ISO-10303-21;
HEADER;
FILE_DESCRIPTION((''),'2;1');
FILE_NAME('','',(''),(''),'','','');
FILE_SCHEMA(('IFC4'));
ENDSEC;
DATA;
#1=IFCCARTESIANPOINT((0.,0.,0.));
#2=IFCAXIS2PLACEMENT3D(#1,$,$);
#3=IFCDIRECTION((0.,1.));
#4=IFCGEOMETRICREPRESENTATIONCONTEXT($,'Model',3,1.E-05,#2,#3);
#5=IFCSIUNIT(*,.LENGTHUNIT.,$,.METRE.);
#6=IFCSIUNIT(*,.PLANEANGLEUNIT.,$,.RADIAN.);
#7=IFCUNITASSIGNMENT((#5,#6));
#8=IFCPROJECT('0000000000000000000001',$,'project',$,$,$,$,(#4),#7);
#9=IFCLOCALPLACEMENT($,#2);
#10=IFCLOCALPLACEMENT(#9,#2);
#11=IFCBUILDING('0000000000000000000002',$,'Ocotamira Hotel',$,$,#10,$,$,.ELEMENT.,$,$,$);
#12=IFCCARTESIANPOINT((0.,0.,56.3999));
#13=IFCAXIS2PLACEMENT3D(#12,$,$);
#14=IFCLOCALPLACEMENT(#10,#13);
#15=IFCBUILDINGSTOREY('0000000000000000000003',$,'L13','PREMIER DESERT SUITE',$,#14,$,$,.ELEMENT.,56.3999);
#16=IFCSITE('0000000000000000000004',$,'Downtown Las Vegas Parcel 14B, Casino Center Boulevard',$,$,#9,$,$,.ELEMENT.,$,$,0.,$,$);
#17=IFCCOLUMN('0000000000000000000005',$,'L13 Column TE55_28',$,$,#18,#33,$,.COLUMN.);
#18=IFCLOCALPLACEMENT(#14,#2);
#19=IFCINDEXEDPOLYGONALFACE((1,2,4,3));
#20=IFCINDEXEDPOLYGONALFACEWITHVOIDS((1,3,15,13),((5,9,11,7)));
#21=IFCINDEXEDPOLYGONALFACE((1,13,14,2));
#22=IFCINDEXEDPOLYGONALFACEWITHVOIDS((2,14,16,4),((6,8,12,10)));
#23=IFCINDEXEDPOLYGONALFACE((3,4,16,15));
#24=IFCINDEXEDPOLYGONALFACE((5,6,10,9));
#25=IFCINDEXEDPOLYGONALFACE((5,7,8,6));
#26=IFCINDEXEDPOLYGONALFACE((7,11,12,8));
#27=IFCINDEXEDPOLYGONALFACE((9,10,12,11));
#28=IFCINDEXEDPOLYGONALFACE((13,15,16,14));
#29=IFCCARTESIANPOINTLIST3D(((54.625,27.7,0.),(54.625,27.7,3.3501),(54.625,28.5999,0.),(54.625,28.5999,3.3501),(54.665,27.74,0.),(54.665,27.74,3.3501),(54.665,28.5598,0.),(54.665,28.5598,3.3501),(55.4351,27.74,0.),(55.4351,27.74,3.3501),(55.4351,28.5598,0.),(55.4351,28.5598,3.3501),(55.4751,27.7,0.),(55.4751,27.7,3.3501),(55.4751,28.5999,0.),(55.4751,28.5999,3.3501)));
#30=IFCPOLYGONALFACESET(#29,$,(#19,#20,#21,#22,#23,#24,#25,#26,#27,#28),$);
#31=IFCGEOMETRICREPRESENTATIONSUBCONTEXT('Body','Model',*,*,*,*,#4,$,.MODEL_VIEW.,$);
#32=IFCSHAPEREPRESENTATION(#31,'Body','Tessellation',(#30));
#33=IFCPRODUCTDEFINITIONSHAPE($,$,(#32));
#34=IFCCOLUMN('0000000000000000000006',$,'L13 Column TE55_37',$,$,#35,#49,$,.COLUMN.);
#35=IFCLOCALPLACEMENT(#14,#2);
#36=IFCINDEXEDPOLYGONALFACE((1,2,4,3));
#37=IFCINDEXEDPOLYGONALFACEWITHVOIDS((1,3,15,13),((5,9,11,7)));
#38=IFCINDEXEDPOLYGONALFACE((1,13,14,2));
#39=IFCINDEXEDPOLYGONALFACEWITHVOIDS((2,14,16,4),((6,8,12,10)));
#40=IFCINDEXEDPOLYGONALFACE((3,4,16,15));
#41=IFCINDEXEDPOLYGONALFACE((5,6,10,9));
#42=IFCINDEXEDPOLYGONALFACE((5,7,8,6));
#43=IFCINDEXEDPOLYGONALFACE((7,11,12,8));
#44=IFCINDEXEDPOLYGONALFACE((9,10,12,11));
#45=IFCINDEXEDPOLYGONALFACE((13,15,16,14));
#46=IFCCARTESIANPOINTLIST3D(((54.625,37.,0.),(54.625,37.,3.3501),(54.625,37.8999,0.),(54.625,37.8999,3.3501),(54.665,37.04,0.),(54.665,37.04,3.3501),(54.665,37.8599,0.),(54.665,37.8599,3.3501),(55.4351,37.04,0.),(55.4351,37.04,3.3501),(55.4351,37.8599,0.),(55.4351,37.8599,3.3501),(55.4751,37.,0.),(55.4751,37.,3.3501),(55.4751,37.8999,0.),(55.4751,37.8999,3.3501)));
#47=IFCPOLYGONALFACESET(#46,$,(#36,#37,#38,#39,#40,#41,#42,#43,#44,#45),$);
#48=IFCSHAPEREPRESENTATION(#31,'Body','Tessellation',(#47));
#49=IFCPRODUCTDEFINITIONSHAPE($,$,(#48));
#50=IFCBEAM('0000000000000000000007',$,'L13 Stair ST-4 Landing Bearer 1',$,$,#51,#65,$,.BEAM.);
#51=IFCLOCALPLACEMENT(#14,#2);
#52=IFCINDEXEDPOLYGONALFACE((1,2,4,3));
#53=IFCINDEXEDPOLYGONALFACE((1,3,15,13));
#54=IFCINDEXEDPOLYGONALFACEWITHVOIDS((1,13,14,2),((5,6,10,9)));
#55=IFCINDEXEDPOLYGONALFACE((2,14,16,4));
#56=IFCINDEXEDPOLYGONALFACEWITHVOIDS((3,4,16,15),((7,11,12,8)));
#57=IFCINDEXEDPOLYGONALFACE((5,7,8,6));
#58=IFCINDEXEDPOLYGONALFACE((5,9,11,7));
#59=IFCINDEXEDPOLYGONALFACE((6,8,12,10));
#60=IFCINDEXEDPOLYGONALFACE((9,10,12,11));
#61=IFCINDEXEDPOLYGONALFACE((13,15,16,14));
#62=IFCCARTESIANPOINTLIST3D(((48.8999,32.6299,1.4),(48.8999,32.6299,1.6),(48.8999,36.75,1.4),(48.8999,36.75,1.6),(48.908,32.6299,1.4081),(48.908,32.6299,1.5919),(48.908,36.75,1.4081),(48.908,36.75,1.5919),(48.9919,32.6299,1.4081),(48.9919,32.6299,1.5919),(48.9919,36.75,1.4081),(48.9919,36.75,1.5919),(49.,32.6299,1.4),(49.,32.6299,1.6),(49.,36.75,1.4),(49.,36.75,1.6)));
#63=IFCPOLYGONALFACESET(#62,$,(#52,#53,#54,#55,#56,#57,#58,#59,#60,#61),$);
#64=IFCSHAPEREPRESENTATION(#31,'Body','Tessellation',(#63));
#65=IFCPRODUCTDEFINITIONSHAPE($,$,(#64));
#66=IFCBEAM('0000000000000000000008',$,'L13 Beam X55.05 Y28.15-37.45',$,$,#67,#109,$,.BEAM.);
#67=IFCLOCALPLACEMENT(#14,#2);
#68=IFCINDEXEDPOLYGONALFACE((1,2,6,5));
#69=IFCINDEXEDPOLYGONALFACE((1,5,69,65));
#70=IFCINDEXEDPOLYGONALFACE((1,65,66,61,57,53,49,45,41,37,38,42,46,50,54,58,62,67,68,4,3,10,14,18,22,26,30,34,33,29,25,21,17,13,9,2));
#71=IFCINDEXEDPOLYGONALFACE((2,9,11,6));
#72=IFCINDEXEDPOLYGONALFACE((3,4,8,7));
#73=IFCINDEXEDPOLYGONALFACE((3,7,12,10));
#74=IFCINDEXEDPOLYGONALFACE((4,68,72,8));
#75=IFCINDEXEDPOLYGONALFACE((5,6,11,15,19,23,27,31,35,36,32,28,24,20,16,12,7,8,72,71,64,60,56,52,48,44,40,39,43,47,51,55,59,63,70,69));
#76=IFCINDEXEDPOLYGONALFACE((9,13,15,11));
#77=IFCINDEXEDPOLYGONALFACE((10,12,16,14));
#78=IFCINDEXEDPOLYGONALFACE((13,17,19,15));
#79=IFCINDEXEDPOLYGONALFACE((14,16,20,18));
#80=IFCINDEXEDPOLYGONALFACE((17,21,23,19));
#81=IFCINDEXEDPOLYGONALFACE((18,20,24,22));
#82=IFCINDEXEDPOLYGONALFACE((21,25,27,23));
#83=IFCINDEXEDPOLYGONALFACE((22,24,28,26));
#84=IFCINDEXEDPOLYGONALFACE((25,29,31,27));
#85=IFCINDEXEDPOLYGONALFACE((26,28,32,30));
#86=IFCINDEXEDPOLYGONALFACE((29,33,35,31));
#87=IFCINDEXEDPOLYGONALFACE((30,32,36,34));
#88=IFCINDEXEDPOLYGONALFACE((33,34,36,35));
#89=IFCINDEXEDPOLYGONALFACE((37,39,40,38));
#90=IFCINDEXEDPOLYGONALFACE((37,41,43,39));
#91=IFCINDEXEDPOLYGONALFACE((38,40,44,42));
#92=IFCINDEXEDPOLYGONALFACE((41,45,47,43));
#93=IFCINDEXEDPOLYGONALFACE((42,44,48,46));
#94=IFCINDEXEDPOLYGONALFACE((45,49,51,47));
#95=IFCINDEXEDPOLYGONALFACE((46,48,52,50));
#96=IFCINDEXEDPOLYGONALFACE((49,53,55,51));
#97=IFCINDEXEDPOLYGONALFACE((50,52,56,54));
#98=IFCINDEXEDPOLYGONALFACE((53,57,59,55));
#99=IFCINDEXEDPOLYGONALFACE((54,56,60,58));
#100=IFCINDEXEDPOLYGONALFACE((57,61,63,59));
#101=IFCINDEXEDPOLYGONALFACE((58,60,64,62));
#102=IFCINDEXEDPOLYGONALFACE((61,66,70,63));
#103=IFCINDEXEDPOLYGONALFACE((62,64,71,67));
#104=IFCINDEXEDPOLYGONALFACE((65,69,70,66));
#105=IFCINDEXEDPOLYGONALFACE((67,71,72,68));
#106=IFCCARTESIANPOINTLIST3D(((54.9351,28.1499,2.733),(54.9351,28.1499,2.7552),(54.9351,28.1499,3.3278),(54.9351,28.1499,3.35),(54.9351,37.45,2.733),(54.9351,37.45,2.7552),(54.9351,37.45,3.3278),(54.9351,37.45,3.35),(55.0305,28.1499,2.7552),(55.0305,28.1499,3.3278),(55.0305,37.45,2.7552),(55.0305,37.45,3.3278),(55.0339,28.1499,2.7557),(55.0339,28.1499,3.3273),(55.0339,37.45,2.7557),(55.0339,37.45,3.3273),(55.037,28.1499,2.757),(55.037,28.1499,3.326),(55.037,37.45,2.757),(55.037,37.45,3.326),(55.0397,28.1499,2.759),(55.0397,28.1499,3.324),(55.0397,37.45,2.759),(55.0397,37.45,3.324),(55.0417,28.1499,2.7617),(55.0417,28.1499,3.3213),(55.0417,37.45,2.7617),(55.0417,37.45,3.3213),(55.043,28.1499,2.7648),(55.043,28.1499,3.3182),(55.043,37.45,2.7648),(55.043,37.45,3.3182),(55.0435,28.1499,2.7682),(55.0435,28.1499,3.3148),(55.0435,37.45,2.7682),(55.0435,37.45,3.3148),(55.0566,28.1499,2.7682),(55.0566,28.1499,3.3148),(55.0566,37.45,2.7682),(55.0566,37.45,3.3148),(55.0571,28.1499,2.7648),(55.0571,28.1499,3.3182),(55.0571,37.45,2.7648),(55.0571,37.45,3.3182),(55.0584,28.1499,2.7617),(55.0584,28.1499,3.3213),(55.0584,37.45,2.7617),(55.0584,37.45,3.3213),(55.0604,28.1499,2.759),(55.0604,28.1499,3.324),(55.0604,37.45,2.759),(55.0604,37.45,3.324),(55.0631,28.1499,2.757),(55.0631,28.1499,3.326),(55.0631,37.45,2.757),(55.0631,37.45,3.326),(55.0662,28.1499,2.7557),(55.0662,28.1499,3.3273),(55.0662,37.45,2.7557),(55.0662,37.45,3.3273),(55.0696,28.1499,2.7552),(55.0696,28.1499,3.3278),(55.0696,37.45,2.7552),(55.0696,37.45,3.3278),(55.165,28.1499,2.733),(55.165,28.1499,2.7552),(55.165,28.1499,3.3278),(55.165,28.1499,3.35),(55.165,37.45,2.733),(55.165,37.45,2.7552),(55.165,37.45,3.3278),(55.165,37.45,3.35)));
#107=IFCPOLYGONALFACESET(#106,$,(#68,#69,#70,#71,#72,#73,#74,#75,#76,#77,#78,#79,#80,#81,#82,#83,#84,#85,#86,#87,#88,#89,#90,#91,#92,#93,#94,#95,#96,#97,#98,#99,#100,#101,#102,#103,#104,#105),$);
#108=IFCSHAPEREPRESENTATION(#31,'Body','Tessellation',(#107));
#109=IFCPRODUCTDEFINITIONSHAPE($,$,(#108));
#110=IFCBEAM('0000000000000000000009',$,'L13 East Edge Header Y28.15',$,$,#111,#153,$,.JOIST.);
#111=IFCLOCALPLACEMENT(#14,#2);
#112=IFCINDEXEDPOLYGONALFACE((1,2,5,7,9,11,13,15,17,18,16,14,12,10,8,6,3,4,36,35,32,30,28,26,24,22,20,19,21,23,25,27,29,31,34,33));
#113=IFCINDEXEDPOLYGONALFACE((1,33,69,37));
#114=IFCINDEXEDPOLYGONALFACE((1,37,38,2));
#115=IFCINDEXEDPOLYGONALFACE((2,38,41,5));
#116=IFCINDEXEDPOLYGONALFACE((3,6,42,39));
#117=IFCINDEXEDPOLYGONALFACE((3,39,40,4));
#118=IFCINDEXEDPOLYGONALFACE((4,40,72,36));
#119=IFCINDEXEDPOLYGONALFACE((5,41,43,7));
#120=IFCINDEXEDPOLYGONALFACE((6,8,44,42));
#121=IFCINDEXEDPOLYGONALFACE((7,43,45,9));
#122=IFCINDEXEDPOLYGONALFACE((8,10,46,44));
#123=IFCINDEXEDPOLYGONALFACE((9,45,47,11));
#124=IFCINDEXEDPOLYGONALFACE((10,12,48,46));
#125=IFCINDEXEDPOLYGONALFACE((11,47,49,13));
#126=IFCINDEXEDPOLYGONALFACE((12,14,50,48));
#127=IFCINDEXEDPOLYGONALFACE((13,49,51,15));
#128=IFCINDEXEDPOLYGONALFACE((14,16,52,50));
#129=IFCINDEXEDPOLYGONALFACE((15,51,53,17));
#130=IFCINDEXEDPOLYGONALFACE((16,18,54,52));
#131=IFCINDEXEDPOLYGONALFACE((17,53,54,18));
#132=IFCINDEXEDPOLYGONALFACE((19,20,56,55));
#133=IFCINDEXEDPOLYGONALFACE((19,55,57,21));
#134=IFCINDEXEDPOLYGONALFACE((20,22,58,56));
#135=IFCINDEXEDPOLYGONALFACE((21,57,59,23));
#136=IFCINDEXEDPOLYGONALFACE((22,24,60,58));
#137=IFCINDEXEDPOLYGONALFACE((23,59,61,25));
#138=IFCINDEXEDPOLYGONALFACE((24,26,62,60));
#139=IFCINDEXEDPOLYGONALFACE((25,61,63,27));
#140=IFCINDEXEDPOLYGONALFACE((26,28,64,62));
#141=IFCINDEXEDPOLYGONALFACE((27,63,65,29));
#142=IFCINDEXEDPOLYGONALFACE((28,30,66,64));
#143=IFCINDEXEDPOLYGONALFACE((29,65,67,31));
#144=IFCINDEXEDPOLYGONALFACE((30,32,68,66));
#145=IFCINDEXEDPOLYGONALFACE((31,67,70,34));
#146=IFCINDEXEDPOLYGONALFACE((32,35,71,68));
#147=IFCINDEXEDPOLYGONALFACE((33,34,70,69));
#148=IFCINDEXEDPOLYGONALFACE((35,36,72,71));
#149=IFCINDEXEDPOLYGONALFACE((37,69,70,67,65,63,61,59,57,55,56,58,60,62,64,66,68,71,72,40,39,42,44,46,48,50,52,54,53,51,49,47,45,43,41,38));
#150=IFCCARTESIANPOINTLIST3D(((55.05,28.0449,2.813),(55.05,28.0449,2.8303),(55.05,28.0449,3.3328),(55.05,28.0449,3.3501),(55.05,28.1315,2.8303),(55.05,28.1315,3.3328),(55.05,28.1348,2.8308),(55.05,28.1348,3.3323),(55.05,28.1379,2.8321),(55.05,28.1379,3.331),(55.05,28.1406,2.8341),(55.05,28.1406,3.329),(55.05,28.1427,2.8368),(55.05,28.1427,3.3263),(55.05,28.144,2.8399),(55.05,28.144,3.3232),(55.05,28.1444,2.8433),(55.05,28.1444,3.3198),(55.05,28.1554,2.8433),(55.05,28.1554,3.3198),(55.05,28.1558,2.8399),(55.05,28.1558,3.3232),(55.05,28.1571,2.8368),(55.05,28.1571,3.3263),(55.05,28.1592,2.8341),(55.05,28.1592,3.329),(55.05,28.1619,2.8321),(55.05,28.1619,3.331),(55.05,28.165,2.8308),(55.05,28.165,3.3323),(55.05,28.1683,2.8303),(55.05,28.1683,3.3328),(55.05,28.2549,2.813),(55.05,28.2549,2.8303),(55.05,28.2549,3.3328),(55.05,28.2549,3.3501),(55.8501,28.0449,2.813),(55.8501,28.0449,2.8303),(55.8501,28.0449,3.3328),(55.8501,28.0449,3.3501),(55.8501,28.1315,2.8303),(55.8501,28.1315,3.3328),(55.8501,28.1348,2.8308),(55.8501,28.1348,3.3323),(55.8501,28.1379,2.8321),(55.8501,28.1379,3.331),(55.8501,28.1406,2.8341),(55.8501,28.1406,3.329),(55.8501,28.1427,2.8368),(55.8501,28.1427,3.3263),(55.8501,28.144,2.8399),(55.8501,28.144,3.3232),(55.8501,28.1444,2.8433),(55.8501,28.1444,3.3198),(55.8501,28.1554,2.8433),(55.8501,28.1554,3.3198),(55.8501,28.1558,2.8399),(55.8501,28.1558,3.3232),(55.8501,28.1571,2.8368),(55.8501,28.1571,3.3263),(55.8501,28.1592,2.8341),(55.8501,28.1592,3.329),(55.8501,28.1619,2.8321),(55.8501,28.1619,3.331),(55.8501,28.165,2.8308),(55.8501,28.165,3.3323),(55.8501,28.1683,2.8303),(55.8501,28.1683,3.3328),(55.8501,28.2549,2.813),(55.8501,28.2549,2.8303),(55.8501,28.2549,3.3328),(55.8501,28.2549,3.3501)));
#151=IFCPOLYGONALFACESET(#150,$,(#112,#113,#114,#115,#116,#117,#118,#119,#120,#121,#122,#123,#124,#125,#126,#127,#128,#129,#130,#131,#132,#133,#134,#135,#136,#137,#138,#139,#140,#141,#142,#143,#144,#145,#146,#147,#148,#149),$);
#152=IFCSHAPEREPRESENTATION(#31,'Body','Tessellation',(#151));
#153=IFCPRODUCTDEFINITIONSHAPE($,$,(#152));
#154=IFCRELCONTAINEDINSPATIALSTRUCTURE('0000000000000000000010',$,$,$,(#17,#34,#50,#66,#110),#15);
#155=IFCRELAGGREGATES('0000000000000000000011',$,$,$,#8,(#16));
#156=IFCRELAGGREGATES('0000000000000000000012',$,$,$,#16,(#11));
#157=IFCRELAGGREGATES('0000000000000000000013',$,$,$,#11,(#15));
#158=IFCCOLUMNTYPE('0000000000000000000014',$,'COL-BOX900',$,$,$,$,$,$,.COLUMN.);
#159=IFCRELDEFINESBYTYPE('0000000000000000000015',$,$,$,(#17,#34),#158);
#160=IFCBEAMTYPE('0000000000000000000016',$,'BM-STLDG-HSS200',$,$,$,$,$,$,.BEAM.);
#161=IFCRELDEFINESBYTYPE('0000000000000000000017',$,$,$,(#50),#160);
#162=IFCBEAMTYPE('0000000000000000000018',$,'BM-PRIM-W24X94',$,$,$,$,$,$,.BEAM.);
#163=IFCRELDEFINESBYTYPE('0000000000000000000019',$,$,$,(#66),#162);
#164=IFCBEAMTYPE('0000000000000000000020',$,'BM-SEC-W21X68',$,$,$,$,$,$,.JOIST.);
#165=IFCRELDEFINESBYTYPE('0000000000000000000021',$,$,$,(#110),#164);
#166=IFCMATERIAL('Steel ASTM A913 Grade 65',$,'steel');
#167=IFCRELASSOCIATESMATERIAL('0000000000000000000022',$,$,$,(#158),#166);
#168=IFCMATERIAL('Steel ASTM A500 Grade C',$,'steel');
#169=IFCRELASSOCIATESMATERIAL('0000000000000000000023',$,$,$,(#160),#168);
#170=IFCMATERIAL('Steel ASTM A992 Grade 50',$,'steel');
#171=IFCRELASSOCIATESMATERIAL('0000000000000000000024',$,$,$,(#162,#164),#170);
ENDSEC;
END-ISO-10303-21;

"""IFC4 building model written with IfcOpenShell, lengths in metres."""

from ifc_helpers import new_model, si_unit, direction, frame, origin, origin_2d, place, context, subcontext, project, spatial, hollow_rectangle, i_section, extrude, source, transform, mapped, material, material_profile, profile_set, type_object, element, save


model = new_model("IFC4")

# Units and contexts
model_context = context("Model", 3, precision=1e-05, world=origin(), true_north=direction((0.0, 1.0)))
body_context = subcontext(model_context, "Body", "Model", "MODEL_VIEW")
ifc_project = project(units=[si_unit("LENGTHUNIT", "METRE"), si_unit("PLANEANGLEUNIT", "RADIAN")], contexts=[model_context])

# Site, building, storey
site_placement = place(None, origin())
site = spatial("IfcSite", under=ifc_project, at=site_placement, Name="Downtown Las Vegas Parcel 14B, Casino Center Boulevard", CompositionType="ELEMENT", RefElevation=0.0)
building_placement = place(site_placement, origin())
building = spatial("IfcBuilding", under=site, at=building_placement, Name="Ocotamira Hotel", CompositionType="ELEMENT")
storey_placement = place(building_placement, frame((0.0, 0.0, 56.3999)))
storey = spatial("IfcBuildingStorey", under=building, at=storey_placement, Name="L13", Description="PREMIER DESERT SUITE", CompositionType="ELEMENT", Elevation=56.3999)

# Columns
ifc_material_1 = material(Name="Steel ASTM A913 Grade 65", Category="steel")
ifc_material_profile_1 = material_profile(ifc_material_1, hollow_rectangle(XDim=0.8501, YDim=0.8999, WallThickness=0.04, at=origin_2d()), Name="BOX900X850X40")
ifc_profile_set_1 = profile_set([ifc_material_profile_1], Name="Steel ASTM A913 Grade 65")
column_type = type_object("IfcColumnType", Name="COL-BOX900", PredefinedType="COLUMN", material=ifc_profile_set_1)
shared_shape_1 = source(origin(), body_context, "Body", "SweptSolid", [
    extrude(hollow_rectangle(XDim=0.8501, YDim=0.8999, WallThickness=0.04, at=origin_2d()), origin(), (0.0, 0.0, 1.0), 3.3501),
])
for number, where, z_axis, x_axis, name in (
    (1, (55.05, 28.1499, 0.0), (0.0, 0.0, 1.0), (1.0, 0.0, 0.0), "L13 Column TE55_28"),
    (2, (55.05, 37.45, 0.0), (0.0, 0.0, 1.0), (1.0, 0.0, 0.0), "L13 Column TE55_37"),
):
    element("IfcColumn", number, at=place(storey_placement, frame(where, z_axis=z_axis, x_axis=x_axis)), inside=storey, type_object=column_type, Name=name, PredefinedType="COLUMN", context=body_context, shape_type="MappedRepresentation", body=[
        mapped(shared_shape_1, transform((0.0, 0.0, 0.0), scale=1.0)),
    ])

# Beams
ifc_material_2 = material(Name="Steel ASTM A500 Grade C", Category="steel")
ifc_material_profile_2 = material_profile(ifc_material_2, hollow_rectangle(XDim=0.1001, YDim=0.2, WallThickness=0.0081, at=origin_2d()), Name="HSS200X100X8")
ifc_profile_set_2 = profile_set([ifc_material_profile_2], Name="Steel ASTM A500 Grade C")
beam_type_1 = type_object("IfcBeamType", Name="BM-STLDG-HSS200", PredefinedType="BEAM", material=ifc_profile_set_2)
shared_shape_2 = source(origin(), body_context, "Body", "SweptSolid", [
    extrude(hollow_rectangle(XDim=0.1001, YDim=0.2, WallThickness=0.0081, at=origin_2d()), origin(), (0.0, 0.0, 1.0), 4.1201),
])
beam_1_placement = place(storey_placement, frame((48.95, 32.6299, 1.5), z_axis=(0.0, 1.0, 0.0), x_axis=(-1.0, 0.0, 0.0)))
element("IfcBeam", 3, at=beam_1_placement, inside=storey, type_object=beam_type_1, Name="L13 Stair ST-4 Landing Bearer 1", PredefinedType="BEAM", context=body_context, shape_type="MappedRepresentation", body=[
    mapped(shared_shape_2, transform((0.0, 0.0, 0.0), scale=1.0)),
])
ifc_material_3 = material(Name="Steel ASTM A992 Grade 50", Category="steel")
ifc_material_profile_3 = material_profile(ifc_material_3, i_section(OverallWidth=0.23, OverallDepth=0.6169, WebThickness=0.0132, FlangeThickness=0.0222, FilletRadius=0.0129, at=origin_2d()), Name="W24X94")
ifc_profile_set_3 = profile_set([ifc_material_profile_3], Name="Steel ASTM A992 Grade 50")
beam_type_2 = type_object("IfcBeamType", Name="BM-PRIM-W24X94", PredefinedType="BEAM", material=ifc_profile_set_3)
shared_shape_3 = source(origin(), body_context, "Body", "SweptSolid", [
    extrude(i_section(OverallWidth=0.23, OverallDepth=0.6169, WebThickness=0.0132, FlangeThickness=0.0222, FilletRadius=0.0129, at=origin_2d()), origin(), (0.0, 0.0, 1.0), 9.3),
])
beam_2_placement = place(storey_placement, frame((55.05, 28.1499, 3.0415), z_axis=(0.0, 1.0, 0.0), x_axis=(-1.0, 0.0, 0.0)))
element("IfcBeam", 4, at=beam_2_placement, inside=storey, type_object=beam_type_2, Name="L13 Beam X55.05 Y28.15-37.45", PredefinedType="BEAM", context=body_context, shape_type="MappedRepresentation", body=[
    mapped(shared_shape_3, transform((0.0, 0.0, 0.0), scale=1.0)),
])
ifc_material_profile_4 = material_profile(ifc_material_3, i_section(OverallWidth=0.21, OverallDepth=0.5371, WebThickness=0.011, FlangeThickness=0.0173, FilletRadius=0.0129, at=origin_2d()), Name="W21X68")
ifc_profile_set_4 = profile_set([ifc_material_profile_4], Name="Steel ASTM A992 Grade 50")
beam_type_3 = type_object("IfcBeamType", Name="BM-SEC-W21X68", PredefinedType="JOIST", material=ifc_profile_set_4)
shared_shape_4 = source(origin(), body_context, "Body", "SweptSolid", [
    extrude(i_section(OverallWidth=0.21, OverallDepth=0.5371, WebThickness=0.011, FlangeThickness=0.0173, FilletRadius=0.0129, at=origin_2d()), origin(), (0.0, 0.0, 1.0), 0.8),
])
for number, where, z_axis, x_axis, name in (
    (5, (55.05, 28.1499, 3.0815), (1.0, 0.0, 0.0), (0.0, 1.0, 0.0), "L13 East Edge Header Y28.15"),
):
    element("IfcBeam", number, at=place(storey_placement, frame(where, z_axis=z_axis, x_axis=x_axis)), inside=storey, type_object=beam_type_3, Name=name, PredefinedType="JOIST", context=body_context, shape_type="MappedRepresentation", body=[
        mapped(shared_shape_4, transform((0.0, 0.0, 0.0), scale=1.0)),
    ])

save(model, "model.ifc")
